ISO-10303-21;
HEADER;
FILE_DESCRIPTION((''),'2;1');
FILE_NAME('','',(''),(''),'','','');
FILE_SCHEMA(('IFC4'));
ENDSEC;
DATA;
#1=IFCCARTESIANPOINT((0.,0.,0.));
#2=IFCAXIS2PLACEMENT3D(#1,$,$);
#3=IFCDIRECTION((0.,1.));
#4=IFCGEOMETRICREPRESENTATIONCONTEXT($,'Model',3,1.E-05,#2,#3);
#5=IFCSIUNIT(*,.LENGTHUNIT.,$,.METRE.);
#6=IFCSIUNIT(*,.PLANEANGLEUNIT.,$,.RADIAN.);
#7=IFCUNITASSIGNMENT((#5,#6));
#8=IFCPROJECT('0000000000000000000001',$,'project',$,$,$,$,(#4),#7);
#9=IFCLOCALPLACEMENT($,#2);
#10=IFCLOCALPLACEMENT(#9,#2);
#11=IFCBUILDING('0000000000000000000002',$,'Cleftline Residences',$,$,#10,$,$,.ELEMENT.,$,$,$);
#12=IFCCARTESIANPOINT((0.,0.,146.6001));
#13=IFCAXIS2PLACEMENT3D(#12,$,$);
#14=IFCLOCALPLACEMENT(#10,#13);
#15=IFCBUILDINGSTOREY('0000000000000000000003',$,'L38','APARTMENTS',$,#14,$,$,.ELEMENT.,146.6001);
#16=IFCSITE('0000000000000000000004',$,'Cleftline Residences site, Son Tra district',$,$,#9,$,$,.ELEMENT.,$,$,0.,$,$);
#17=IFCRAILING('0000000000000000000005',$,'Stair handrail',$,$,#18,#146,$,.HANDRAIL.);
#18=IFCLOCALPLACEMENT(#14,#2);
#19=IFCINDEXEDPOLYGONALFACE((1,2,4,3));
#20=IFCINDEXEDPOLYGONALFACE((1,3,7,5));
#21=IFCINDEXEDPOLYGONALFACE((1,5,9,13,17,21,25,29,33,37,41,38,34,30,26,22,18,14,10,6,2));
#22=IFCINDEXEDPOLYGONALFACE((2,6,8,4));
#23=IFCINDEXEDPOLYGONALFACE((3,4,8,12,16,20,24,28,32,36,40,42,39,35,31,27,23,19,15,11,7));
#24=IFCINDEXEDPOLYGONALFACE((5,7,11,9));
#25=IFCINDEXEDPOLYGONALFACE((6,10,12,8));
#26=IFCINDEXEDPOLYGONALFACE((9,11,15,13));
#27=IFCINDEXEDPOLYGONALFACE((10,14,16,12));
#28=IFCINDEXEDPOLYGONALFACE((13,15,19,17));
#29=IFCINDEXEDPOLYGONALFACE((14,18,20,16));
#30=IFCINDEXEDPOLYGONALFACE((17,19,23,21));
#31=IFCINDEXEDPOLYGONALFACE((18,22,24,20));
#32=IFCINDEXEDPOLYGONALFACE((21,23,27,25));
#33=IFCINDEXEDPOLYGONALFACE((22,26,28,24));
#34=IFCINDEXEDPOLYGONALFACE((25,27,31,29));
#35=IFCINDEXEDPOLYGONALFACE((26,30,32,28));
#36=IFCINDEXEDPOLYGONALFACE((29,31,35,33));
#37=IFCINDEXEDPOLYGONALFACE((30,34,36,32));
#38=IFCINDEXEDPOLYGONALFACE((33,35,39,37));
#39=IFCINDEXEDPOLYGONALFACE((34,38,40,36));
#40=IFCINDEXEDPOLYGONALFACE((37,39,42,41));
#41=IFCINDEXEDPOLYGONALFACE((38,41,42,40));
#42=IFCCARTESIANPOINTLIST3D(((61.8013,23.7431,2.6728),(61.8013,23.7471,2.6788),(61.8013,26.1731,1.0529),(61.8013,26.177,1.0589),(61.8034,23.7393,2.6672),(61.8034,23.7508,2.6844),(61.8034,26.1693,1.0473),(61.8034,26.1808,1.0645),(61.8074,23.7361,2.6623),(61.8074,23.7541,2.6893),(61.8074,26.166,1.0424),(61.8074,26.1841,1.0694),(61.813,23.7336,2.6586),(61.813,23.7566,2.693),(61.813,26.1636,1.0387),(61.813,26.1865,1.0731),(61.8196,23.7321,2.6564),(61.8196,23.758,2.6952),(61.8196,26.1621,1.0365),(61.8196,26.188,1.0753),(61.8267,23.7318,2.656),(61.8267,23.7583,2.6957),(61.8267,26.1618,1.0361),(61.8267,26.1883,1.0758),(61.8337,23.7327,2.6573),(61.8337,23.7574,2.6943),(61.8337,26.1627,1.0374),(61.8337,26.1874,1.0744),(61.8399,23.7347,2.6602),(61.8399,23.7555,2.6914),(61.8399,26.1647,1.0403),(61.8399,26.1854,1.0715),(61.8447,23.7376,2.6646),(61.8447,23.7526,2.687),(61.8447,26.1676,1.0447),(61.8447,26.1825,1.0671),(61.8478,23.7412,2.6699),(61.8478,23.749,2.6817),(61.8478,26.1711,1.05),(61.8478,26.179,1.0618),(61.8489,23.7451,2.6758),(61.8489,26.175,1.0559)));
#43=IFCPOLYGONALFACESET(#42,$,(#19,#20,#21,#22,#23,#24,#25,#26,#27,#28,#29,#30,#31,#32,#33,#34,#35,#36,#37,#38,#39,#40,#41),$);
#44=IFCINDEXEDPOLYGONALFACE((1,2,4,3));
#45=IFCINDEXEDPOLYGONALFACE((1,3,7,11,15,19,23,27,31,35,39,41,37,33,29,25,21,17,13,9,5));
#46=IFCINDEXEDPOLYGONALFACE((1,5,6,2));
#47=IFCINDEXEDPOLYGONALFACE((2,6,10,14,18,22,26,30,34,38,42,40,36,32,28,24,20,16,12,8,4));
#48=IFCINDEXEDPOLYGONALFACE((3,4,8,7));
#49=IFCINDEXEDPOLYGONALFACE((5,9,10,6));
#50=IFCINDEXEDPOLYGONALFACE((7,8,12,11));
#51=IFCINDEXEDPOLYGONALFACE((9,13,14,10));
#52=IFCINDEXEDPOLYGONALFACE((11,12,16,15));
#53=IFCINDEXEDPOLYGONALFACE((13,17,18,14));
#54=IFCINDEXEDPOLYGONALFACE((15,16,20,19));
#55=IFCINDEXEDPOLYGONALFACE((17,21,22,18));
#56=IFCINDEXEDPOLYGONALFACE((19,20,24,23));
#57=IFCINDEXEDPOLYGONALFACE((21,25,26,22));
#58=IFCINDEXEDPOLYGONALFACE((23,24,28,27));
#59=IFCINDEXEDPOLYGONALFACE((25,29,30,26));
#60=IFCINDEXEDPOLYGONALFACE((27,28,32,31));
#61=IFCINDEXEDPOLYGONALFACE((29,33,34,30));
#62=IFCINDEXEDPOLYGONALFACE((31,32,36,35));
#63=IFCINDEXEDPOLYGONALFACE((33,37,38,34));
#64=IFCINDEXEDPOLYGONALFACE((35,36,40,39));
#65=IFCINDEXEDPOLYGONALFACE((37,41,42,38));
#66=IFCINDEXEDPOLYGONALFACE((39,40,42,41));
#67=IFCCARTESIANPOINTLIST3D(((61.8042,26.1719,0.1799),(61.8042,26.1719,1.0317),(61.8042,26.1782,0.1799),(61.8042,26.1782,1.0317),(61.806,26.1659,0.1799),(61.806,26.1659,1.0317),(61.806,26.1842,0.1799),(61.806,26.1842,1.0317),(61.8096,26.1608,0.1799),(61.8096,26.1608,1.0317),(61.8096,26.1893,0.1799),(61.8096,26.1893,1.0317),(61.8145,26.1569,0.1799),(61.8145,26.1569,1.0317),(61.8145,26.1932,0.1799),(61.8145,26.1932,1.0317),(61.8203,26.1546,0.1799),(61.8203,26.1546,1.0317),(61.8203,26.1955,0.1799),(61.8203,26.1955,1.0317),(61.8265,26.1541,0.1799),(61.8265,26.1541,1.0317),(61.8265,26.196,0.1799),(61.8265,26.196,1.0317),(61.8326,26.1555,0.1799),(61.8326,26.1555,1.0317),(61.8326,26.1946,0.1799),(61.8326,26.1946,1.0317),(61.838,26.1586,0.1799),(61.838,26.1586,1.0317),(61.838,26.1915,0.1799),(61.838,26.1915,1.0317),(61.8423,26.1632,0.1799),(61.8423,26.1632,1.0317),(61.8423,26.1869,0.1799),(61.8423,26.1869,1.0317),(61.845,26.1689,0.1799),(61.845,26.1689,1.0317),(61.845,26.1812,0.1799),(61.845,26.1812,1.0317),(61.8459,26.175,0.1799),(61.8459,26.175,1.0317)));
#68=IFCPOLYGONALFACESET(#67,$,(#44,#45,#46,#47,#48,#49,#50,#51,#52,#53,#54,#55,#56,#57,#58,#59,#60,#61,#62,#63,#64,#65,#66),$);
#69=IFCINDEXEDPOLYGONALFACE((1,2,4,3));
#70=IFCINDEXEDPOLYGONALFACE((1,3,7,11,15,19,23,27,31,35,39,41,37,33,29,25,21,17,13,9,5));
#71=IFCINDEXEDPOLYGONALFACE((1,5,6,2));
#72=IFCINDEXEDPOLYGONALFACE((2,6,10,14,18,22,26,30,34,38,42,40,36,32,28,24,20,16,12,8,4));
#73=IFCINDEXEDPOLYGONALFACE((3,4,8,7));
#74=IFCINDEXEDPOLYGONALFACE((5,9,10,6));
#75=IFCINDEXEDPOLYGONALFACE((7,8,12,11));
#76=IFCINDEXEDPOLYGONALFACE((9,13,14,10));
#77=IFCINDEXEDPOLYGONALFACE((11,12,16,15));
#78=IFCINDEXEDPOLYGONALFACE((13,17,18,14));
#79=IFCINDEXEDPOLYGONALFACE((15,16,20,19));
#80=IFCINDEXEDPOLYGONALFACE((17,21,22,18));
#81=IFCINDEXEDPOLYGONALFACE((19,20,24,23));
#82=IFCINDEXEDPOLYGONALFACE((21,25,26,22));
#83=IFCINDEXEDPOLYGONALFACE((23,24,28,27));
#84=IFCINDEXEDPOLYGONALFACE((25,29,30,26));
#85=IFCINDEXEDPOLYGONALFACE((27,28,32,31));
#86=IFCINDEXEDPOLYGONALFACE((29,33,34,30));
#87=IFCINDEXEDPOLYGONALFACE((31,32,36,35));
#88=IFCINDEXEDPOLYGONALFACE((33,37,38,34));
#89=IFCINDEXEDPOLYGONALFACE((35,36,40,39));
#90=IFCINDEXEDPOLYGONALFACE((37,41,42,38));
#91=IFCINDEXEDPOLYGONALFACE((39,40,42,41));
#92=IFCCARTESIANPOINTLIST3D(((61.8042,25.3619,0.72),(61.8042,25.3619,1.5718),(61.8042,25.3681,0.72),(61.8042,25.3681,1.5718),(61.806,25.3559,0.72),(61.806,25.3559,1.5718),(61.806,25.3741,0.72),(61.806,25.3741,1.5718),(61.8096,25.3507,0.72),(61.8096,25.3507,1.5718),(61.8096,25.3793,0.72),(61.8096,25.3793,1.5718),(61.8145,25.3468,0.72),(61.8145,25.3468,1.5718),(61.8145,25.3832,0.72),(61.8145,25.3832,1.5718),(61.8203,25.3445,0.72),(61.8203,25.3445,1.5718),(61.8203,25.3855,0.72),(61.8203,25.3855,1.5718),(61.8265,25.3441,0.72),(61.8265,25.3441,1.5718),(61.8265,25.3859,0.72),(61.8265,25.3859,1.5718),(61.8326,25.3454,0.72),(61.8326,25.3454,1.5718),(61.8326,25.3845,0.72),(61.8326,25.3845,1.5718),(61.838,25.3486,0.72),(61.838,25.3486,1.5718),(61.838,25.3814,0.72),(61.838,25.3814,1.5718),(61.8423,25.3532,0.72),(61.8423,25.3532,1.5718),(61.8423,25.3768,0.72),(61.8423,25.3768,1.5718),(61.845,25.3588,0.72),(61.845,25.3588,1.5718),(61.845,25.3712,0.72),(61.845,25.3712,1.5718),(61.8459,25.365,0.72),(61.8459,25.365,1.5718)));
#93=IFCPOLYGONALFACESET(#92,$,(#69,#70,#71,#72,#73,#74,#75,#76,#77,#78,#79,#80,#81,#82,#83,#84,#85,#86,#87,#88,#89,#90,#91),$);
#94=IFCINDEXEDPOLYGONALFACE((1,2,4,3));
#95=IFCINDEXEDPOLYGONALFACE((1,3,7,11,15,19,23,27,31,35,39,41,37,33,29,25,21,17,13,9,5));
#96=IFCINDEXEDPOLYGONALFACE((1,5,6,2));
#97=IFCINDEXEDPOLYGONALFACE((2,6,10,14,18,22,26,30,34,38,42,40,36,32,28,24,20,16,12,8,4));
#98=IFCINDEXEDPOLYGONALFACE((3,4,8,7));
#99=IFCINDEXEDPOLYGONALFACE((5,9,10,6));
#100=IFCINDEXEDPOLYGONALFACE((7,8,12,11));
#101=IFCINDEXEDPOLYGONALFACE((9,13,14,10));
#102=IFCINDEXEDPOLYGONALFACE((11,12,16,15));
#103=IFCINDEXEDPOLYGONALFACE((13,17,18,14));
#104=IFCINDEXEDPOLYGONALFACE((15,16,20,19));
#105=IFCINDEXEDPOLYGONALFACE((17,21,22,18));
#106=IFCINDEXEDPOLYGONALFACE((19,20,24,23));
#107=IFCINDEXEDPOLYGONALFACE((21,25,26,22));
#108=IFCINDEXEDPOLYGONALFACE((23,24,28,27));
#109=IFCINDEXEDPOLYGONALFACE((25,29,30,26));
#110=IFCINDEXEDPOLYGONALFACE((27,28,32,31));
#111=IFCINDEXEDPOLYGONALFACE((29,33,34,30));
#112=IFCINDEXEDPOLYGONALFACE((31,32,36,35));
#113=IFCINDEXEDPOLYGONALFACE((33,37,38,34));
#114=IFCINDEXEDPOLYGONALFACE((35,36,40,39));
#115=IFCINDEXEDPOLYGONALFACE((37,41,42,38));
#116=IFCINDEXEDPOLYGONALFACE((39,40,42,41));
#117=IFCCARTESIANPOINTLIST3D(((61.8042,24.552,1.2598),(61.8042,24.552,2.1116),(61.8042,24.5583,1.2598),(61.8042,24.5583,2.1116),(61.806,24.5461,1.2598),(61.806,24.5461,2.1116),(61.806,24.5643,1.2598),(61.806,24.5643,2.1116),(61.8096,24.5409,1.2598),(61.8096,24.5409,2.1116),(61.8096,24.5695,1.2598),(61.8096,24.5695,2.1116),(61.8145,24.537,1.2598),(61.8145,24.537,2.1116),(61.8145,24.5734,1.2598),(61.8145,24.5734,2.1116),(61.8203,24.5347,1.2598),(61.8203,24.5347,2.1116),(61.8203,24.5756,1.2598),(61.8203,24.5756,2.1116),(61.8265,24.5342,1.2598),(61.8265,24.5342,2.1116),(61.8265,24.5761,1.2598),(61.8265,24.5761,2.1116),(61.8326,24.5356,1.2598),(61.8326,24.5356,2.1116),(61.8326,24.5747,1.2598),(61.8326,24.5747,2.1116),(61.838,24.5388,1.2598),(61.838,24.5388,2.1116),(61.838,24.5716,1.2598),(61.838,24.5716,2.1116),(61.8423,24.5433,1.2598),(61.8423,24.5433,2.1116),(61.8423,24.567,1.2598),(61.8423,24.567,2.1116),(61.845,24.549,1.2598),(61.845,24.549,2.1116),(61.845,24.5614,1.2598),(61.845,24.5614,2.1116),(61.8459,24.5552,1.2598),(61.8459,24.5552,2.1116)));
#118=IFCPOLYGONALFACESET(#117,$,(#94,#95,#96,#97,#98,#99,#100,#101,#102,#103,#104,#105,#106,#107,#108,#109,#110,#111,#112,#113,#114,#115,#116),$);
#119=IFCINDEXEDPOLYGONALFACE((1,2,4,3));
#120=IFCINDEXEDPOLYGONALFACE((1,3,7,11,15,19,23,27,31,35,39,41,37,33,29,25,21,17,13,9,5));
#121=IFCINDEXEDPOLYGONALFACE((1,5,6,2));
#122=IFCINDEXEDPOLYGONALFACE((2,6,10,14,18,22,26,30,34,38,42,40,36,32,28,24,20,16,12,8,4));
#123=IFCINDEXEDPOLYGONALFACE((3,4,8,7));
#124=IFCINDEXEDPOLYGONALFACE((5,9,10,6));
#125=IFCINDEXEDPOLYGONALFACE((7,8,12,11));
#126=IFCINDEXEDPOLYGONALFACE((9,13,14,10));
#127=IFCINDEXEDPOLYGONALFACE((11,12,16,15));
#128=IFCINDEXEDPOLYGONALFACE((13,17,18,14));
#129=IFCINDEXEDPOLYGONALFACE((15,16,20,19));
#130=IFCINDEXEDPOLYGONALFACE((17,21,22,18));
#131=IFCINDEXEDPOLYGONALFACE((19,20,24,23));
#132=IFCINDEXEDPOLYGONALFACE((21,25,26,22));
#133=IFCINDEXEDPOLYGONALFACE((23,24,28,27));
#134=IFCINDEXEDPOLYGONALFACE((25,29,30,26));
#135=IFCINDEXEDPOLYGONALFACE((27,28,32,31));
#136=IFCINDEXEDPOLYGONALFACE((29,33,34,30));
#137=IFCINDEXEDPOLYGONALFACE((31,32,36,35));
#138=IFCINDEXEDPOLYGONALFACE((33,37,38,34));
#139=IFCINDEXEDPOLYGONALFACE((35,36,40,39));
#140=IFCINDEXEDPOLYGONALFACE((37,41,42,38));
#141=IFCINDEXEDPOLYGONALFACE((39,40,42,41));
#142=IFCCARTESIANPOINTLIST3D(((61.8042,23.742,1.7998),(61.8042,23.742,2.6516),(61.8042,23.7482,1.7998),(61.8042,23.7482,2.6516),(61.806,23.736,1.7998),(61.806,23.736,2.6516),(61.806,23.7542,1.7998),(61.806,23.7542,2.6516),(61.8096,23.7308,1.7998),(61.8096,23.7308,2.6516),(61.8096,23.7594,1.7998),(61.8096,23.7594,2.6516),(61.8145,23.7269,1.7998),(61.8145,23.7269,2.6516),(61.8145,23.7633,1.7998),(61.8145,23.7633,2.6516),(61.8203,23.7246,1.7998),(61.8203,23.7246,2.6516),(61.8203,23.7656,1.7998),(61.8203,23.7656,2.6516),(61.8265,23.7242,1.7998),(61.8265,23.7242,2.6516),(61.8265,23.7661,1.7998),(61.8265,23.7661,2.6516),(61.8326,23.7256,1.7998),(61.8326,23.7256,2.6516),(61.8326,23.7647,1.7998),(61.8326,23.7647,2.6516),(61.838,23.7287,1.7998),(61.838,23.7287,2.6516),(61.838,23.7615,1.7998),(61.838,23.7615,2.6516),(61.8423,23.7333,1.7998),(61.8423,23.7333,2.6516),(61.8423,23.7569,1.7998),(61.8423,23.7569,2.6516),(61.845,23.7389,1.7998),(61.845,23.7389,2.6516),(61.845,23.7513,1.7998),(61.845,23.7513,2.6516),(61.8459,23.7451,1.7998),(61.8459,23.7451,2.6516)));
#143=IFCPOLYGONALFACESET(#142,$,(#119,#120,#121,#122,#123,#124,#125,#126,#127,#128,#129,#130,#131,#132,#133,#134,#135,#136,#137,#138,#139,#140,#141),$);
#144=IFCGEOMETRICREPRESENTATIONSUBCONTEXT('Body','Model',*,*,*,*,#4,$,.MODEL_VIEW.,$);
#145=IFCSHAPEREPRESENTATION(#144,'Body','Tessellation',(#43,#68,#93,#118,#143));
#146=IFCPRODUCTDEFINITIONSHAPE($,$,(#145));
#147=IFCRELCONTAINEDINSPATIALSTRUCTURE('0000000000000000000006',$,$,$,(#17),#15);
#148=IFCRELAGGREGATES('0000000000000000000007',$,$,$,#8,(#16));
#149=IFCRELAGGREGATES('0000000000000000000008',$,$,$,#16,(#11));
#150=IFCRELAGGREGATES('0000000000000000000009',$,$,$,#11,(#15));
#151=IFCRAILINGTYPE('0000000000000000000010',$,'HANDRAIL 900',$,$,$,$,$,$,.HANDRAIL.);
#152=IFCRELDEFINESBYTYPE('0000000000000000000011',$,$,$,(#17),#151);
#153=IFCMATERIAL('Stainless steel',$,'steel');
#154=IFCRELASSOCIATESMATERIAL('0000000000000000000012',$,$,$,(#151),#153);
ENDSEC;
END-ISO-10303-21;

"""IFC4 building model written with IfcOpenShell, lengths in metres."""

from ifc_helpers import new_model, si_unit, direction, frame, origin, origin_2d, place, context, subcontext, project, spatial, circle, extrude, material, type_object, element, save


model = new_model("IFC4")

# Units and contexts
model_context = context("Model", 3, precision=1e-05, world=origin(), true_north=direction((0.0, 1.0)))
body_context = subcontext(model_context, "Body", "Model", "MODEL_VIEW")
ifc_project = project(units=[si_unit("LENGTHUNIT", "METRE"), si_unit("PLANEANGLEUNIT", "RADIAN")], contexts=[model_context])

# Site, building, storey
site_placement = place(None, origin())
site = spatial("IfcSite", under=ifc_project, at=site_placement, Name="Cleftline Residences site, Son Tra district", CompositionType="ELEMENT", RefElevation=0.0)
building_placement = place(site_placement, origin())
building = spatial("IfcBuilding", under=site, at=building_placement, Name="Cleftline Residences", CompositionType="ELEMENT")
storey_placement = place(building_placement, frame((0.0, 0.0, 146.6001)))
storey = spatial("IfcBuildingStorey", under=building, at=storey_placement, Name="L38", Description="APARTMENTS", CompositionType="ELEMENT", Elevation=146.6001)

# Railing
ifc_material_1 = material(Name="Stainless steel", Category="steel")
railing_type = type_object("IfcRailingType", Name="HANDRAIL 900", PredefinedType="HANDRAIL", material=ifc_material_1)
railing_placement = place(storey_placement, frame((61.825, 26.175, 0.1799)))
element("IfcRailing", 1, at=railing_placement, inside=storey, type_object=railing_type, Name="Stair handrail", PredefinedType="HANDRAIL", context=body_context, shape_type="SweptSolid", body=[
    extrude(circle(Radius=0.0239, at=origin_2d()), frame((0.0, 0.0, 0.876), z_axis=(0.0, -0.832063, 0.554681), x_axis=(1.0, 0.0, 0.0)), (0.0, 0.0, 1.0), 2.9204),
    extrude(circle(Radius=0.021, at=origin_2d()), origin(), (0.0, 0.0, 1.0), 0.8518),
    extrude(circle(Radius=0.021, at=origin_2d()), frame((0.0, -0.8101, 0.54)), (0.0, 0.0, 1.0), 0.8518),
    extrude(circle(Radius=0.021, at=origin_2d()), frame((0.0, -1.6199, 1.0798)), (0.0, 0.0, 1.0), 0.8518),
    extrude(circle(Radius=0.021, at=origin_2d()), frame((0.0, -2.4299, 1.6199)), (0.0, 0.0, 1.0), 0.8518),
])

save(model, "model.ifc")
